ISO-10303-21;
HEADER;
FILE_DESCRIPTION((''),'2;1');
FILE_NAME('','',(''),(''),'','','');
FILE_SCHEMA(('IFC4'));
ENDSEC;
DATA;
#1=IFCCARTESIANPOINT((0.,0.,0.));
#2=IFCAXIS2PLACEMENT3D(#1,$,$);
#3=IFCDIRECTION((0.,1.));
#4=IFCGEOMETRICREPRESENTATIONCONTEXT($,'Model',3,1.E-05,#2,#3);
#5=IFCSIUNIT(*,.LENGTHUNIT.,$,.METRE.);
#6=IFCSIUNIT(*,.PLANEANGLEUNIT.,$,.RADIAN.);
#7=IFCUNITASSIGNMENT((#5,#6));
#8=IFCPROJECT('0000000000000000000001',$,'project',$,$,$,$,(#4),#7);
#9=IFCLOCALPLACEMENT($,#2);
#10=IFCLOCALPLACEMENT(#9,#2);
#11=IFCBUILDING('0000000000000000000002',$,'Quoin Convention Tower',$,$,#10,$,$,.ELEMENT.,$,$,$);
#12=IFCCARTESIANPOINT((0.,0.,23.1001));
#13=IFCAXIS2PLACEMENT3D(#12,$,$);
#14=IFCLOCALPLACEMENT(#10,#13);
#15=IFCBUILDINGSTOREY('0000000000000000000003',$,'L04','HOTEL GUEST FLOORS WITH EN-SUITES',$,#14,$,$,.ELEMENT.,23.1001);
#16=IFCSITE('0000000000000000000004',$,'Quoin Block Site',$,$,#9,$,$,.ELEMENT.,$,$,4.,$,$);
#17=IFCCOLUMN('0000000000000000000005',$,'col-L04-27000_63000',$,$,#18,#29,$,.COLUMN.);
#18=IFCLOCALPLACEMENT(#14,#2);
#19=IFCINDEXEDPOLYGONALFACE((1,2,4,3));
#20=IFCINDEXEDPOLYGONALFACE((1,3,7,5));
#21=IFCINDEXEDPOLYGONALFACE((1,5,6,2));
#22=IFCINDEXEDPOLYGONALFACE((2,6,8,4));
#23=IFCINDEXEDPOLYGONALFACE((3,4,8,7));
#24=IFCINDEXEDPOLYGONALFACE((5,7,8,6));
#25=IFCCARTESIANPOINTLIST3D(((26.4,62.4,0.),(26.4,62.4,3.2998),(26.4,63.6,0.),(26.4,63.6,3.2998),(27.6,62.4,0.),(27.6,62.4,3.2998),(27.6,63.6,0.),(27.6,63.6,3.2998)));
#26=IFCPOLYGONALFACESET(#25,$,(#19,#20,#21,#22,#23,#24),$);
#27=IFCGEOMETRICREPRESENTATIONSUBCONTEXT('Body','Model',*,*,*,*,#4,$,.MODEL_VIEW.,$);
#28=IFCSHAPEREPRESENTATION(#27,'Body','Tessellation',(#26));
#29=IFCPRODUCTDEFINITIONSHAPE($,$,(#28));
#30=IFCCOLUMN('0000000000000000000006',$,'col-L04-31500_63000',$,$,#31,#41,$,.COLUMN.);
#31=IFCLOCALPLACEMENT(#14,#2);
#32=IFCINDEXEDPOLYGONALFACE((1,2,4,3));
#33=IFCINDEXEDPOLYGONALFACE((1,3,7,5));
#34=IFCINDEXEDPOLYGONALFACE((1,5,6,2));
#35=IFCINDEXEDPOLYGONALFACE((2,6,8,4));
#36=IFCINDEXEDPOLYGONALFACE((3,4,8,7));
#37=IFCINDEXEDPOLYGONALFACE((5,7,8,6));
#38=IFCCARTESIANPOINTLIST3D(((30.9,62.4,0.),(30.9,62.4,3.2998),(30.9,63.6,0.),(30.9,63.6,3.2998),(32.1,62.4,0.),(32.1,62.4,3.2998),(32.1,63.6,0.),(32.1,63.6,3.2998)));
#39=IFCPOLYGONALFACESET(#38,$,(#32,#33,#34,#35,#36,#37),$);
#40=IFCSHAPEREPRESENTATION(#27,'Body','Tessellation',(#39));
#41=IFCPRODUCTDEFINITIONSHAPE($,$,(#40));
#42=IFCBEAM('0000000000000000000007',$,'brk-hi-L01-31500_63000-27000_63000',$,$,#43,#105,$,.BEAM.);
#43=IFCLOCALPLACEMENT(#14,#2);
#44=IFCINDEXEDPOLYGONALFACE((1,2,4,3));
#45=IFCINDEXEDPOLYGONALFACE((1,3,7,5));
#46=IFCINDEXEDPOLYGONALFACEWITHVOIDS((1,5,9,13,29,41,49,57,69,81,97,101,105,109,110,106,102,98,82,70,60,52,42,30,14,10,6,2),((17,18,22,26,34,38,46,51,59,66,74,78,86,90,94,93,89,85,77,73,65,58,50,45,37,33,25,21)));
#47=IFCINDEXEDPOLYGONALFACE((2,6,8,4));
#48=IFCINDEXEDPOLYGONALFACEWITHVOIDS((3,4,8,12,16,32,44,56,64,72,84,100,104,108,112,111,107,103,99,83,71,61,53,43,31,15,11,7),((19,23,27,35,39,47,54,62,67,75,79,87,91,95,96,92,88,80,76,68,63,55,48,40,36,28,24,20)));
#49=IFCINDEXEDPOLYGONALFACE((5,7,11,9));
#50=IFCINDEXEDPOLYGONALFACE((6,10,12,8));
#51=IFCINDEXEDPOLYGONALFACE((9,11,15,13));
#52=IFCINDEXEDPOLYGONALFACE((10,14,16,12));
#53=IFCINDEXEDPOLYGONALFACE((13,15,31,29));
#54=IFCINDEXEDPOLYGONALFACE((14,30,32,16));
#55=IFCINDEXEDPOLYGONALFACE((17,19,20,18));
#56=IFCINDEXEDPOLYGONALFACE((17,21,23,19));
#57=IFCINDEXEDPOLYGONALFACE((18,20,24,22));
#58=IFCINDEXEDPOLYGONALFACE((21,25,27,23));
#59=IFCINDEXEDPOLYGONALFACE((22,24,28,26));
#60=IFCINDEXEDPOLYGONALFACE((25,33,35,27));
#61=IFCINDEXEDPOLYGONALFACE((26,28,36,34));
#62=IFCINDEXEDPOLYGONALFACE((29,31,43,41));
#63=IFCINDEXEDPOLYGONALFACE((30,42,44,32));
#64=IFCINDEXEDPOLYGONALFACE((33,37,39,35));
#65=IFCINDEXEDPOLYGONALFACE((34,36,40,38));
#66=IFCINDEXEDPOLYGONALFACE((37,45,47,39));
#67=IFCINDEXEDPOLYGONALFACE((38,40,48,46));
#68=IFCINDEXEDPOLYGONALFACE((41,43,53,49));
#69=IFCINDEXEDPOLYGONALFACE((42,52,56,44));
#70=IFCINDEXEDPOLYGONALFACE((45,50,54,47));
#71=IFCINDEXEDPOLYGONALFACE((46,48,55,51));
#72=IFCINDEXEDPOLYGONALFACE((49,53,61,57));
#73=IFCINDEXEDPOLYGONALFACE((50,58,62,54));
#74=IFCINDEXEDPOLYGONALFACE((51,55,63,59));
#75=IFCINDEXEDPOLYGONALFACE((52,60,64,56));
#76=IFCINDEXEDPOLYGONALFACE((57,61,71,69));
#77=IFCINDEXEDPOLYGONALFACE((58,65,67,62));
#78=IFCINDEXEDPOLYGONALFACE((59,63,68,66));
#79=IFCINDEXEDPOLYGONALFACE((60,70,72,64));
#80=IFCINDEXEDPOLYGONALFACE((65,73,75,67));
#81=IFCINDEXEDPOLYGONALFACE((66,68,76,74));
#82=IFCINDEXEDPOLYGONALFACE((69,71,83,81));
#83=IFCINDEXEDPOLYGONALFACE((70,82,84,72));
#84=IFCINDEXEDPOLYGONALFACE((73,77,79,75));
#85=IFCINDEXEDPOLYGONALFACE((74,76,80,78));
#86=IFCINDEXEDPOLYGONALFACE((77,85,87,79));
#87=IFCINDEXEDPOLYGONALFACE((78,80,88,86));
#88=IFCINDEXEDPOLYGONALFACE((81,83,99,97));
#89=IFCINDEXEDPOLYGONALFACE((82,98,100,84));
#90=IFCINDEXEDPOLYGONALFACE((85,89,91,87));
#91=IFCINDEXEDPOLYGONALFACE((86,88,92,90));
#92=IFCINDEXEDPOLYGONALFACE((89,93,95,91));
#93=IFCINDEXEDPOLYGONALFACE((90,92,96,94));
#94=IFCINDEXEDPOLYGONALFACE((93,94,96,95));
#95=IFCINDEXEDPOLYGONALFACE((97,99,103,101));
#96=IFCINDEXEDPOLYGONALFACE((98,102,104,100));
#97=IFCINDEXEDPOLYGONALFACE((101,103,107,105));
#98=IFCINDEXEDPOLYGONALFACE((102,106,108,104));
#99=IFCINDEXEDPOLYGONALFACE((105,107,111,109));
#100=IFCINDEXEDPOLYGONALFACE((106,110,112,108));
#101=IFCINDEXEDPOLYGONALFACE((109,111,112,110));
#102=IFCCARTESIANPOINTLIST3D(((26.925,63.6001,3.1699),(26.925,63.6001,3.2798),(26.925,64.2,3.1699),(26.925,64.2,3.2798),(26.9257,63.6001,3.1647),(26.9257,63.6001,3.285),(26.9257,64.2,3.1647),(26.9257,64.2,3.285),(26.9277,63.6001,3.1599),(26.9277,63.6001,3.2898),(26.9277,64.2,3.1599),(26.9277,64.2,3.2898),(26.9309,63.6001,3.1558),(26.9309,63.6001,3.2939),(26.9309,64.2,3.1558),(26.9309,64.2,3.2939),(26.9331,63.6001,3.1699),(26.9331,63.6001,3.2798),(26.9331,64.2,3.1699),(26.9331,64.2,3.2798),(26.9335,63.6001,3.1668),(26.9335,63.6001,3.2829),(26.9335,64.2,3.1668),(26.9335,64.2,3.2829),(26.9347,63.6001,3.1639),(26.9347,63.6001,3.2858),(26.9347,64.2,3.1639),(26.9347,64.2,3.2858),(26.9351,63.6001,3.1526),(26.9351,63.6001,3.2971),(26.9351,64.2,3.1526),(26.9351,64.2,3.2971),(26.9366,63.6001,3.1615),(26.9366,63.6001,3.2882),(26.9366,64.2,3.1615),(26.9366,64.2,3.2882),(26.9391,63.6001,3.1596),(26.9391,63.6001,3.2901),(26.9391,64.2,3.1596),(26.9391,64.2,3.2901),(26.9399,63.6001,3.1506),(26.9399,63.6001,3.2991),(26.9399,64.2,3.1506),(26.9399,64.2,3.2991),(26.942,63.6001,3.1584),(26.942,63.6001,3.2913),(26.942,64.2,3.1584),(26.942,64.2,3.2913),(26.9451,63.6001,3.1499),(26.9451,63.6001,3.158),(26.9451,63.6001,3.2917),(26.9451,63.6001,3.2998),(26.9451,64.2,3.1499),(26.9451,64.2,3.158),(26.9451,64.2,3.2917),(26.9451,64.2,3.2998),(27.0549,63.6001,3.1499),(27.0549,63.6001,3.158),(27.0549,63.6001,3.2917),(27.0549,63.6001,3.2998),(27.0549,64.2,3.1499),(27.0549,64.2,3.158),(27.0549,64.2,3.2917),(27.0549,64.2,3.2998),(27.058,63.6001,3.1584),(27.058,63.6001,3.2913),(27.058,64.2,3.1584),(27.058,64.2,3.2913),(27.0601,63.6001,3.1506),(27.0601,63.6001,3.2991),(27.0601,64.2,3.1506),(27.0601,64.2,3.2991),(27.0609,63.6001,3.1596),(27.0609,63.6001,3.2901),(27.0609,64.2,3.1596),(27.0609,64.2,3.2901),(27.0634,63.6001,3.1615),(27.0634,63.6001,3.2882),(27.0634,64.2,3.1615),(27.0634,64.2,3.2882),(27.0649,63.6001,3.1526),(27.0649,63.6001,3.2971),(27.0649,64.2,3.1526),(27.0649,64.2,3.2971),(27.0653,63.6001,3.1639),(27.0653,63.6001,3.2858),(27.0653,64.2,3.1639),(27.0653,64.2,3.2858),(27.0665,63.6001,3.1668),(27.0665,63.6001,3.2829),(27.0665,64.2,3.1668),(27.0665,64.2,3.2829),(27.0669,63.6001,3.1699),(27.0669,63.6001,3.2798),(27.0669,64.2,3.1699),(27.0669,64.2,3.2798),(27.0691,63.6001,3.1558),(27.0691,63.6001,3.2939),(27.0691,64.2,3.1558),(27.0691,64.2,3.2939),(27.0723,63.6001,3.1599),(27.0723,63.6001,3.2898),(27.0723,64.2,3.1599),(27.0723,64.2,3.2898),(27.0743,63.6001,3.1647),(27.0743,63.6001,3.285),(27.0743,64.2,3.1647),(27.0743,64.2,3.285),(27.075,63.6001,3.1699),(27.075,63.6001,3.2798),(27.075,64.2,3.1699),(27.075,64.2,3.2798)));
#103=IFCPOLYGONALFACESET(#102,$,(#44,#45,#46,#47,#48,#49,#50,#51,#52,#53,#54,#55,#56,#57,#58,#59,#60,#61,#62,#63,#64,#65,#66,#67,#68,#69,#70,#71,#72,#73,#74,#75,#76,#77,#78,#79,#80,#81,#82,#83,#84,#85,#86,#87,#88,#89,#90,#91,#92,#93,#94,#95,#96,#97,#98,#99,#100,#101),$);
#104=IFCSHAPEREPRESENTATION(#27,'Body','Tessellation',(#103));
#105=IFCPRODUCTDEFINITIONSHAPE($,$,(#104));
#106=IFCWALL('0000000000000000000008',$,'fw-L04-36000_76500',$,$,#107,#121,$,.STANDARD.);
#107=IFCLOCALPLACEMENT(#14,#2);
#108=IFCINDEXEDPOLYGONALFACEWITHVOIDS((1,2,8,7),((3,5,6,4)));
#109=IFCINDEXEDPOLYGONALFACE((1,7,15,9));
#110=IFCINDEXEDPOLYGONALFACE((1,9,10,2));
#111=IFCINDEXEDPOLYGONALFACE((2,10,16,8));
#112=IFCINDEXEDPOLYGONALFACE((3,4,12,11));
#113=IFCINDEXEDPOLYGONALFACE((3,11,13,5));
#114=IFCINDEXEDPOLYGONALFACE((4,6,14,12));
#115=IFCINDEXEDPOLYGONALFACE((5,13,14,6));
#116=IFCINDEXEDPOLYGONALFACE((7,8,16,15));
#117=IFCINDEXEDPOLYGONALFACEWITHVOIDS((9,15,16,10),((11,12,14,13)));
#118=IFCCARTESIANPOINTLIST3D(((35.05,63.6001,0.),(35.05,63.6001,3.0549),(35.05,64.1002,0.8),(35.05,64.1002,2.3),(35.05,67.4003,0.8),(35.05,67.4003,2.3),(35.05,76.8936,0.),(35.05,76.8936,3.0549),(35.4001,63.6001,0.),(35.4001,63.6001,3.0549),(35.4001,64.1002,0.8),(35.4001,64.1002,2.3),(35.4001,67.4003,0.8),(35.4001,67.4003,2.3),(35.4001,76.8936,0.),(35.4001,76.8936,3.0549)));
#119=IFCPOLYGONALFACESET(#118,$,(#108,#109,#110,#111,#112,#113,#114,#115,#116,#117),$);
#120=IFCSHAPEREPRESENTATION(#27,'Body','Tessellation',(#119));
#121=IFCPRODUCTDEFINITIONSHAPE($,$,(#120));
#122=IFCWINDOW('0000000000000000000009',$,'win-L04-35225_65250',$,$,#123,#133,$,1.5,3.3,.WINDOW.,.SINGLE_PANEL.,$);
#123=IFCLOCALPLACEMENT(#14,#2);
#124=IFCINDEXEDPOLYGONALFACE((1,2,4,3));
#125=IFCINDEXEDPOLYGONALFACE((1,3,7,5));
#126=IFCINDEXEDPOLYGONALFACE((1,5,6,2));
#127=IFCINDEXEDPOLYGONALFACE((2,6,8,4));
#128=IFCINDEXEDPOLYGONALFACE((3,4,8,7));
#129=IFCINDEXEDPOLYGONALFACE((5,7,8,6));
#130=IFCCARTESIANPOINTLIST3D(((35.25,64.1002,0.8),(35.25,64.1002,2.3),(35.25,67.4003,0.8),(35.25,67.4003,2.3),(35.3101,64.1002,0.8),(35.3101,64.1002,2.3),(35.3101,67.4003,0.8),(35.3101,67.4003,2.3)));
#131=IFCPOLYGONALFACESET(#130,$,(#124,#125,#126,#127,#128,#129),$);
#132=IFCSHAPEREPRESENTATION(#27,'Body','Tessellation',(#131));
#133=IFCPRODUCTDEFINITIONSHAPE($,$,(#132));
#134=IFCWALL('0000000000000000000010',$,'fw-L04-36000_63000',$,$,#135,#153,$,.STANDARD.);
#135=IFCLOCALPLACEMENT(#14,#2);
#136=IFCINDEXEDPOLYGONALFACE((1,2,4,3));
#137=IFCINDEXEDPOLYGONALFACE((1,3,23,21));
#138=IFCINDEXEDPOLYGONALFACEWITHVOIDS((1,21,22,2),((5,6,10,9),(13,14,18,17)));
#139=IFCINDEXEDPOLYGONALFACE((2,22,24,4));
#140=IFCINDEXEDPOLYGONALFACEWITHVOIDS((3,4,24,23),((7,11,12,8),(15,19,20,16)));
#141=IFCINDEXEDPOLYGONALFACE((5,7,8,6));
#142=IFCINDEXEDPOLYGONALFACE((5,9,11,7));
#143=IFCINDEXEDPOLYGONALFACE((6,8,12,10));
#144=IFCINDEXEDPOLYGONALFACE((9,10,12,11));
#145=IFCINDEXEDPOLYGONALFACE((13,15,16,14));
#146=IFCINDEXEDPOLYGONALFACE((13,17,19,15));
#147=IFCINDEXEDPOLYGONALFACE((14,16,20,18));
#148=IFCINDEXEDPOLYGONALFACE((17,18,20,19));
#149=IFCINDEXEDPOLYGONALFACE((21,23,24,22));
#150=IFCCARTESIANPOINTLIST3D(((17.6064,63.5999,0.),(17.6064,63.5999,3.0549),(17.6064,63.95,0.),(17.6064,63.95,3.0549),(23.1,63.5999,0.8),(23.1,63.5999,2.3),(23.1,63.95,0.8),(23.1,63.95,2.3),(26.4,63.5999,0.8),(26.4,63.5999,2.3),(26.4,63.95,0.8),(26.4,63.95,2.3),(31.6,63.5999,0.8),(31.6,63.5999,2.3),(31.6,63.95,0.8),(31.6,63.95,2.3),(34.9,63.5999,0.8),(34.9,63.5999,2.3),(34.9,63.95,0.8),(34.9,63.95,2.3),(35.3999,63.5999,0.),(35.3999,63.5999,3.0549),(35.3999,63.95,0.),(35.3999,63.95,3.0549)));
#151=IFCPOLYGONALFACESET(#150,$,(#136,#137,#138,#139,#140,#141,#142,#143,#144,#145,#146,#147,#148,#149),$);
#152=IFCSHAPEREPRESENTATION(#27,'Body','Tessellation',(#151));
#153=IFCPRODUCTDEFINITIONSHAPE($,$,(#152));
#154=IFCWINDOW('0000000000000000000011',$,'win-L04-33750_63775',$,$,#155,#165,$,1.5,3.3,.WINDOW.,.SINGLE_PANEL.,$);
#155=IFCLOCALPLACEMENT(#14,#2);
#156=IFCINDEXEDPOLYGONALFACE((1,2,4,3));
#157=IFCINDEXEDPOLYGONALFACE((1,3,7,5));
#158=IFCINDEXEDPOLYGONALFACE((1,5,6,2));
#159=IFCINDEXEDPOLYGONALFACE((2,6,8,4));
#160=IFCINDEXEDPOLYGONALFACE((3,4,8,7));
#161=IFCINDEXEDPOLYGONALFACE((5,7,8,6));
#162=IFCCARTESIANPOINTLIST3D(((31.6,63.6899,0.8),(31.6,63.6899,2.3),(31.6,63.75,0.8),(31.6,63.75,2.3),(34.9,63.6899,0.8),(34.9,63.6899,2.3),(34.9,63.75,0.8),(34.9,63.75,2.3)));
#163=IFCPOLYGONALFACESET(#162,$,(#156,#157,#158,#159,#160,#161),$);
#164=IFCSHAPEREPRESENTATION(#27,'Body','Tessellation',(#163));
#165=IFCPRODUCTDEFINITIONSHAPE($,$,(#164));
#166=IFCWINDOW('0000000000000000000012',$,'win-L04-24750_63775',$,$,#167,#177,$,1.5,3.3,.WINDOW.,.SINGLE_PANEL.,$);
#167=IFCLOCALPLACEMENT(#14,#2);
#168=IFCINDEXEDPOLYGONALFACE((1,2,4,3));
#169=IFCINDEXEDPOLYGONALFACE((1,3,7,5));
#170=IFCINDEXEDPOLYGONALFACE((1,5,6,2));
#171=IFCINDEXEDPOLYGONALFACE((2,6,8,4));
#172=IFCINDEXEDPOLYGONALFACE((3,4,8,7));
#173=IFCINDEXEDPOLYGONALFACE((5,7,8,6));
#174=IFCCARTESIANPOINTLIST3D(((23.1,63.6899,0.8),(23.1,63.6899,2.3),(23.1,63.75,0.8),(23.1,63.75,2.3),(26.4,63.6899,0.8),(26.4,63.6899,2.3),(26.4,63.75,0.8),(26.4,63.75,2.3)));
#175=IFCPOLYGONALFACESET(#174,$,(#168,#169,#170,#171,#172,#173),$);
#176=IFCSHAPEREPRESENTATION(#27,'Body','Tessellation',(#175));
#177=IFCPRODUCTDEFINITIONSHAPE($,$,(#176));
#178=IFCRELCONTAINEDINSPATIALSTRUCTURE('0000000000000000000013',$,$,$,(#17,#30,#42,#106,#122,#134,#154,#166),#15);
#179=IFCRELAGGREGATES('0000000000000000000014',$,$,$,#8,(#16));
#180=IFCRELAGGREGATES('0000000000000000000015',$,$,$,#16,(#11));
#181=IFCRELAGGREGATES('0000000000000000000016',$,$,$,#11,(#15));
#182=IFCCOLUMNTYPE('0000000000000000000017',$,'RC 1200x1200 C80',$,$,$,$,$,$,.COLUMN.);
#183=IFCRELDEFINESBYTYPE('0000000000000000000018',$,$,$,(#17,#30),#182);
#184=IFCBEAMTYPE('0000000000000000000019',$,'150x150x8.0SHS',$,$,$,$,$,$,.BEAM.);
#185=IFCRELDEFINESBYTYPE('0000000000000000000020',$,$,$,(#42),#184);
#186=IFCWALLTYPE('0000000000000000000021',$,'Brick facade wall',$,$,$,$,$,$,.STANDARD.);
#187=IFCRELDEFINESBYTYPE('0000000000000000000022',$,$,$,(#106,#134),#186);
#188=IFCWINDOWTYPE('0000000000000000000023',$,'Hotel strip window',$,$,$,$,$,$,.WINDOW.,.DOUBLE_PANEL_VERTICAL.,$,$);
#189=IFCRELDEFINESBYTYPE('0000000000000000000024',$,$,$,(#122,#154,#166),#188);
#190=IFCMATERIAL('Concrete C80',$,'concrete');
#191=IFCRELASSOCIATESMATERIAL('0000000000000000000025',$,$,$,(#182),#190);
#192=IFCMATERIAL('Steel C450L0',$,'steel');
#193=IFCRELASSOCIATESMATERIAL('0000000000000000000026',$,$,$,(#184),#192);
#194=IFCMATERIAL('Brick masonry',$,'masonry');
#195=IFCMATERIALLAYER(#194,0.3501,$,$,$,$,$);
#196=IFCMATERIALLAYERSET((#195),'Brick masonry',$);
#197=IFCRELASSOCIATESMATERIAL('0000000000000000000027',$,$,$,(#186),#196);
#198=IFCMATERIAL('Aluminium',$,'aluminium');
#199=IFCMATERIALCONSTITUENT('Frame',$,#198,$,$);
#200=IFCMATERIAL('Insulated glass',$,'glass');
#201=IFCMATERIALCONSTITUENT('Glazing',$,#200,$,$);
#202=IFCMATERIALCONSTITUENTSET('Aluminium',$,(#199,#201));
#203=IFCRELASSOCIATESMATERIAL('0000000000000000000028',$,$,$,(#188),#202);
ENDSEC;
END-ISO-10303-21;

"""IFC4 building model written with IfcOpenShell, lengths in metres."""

from ifc_helpers import new_model, si_unit, direction, frame, frame_2d, origin, origin_2d, place, context, subcontext, project, spatial, rectangle, hollow_rectangle, extrude, material, layer, layer_set, constituent, constituent_set, material_profile, profile_set, type_object, element, fill, save


model = new_model("IFC4")

# Units and contexts
model_context = context("Model", 3, precision=1e-05, world=origin(), true_north=direction((0.0, 1.0)))
body_context = subcontext(model_context, "Body", "Model", "MODEL_VIEW")
ifc_project = project(units=[si_unit("LENGTHUNIT", "METRE"), si_unit("PLANEANGLEUNIT", "RADIAN")], contexts=[model_context])

# Site, building, storey
site_placement = place(None, origin())
site = spatial("IfcSite", under=ifc_project, at=site_placement, Name="Quoin Block Site", CompositionType="ELEMENT", RefElevation=4.0)
building_placement = place(site_placement, origin())
building = spatial("IfcBuilding", under=site, at=building_placement, Name="Quoin Convention Tower", CompositionType="ELEMENT")
storey_placement = place(building_placement, frame((0.0, 0.0, 23.1001)))
storey = spatial("IfcBuildingStorey", under=building, at=storey_placement, Name="L04", Description="HOTEL GUEST FLOORS WITH EN-SUITES", CompositionType="ELEMENT", Elevation=23.1001)

# Columns
ifc_material_1 = material(Name="Concrete C80", Category="concrete")
ifc_material_profile_1 = material_profile(ifc_material_1, rectangle(XDim=1.2, YDim=1.2, at=origin_2d()), Name="RC 1200x1200")
ifc_profile_set_1 = profile_set([ifc_material_profile_1], Name="Concrete C80")
column_type = type_object("IfcColumnType", Name="RC 1200x1200 C80", PredefinedType="COLUMN", material=ifc_profile_set_1)
for number, where, z_axis, x_axis, name in (
    (1, (27.0, 63.0, 0.0), (0.0, 0.0, 1.0), (1.0, 0.0, 0.0), "col-L04-27000_63000"),
    (2, (31.5, 63.0, 0.0), (0.0, 0.0, 1.0), (1.0, 0.0, 0.0), "col-L04-31500_63000"),
):
    element("IfcColumn", number, at=place(storey_placement, frame(where, z_axis=z_axis, x_axis=x_axis)), inside=storey, type_object=column_type, Name=name, PredefinedType="COLUMN", context=body_context, shape_type="SweptSolid", body=[
        extrude(rectangle(XDim=1.2, YDim=1.2, at=origin_2d()), origin(), (0.0, 0.0, 1.0), 3.2998),
    ])

# Beam
ifc_material_2 = material(Name="Steel C450L0", Category="steel")
ifc_material_profile_2 = material_profile(ifc_material_2, hollow_rectangle(XDim=0.1499, YDim=0.1499, WallThickness=0.0081, InnerFilletRadius=0.012, OuterFilletRadius=0.02, at=origin_2d()), Name="150x150x8.0SHS")
ifc_profile_set_2 = profile_set([ifc_material_profile_2], Name="Steel C450L0")
beam_type = type_object("IfcBeamType", Name="150x150x8.0SHS", PredefinedType="BEAM", material=ifc_profile_set_2)
beam_placement = place(storey_placement, frame((27.0, 63.6001, 3.2249), z_axis=(0.0, 1.0, 0.0), x_axis=(-1.0, 0.0, 0.0)))
element("IfcBeam", 3, at=beam_placement, inside=storey, type_object=beam_type, Name="brk-hi-L01-31500_63000-27000_63000", PredefinedType="BEAM", context=body_context, shape_type="SweptSolid", body=[
    extrude(hollow_rectangle(XDim=0.1499, YDim=0.1499, WallThickness=0.0081, InnerFilletRadius=0.012, OuterFilletRadius=0.02, at=origin_2d()), origin(), (0.0, 0.0, 1.0), 0.5999),
])

# Wall, opening, window
ifc_material_3 = material(Name="Brick masonry", Category="masonry")
ifc_layer_1 = layer(ifc_material_3, 0.3501)
ifc_layer_set_1 = layer_set([ifc_layer_1], Name="Brick masonry")
wall_type_1 = type_object("IfcWallType", Name="Brick facade wall", PredefinedType="STANDARD", material=ifc_layer_set_1)
wall_1_placement = place(storey_placement, frame((35.2251, 76.8936, 0.0), z_axis=(0.0, 0.0, 1.0), x_axis=(0.0, -1.0, 0.0)))
wall_1 = element("IfcWall", 4, at=wall_1_placement, inside=storey, type_object=wall_type_1, Name="fw-L04-36000_76500", PredefinedType="STANDARD", context=body_context, shape_type="SweptSolid", body=[
    extrude(rectangle(XDim=13.2935, YDim=0.3501, at=frame_2d((6.6467, 0.0))), origin(), (0.0, 0.0, 1.0), 3.0549),
])
opening_1_placement = place(wall_1_placement, frame((9.4934, 0.0, 0.8)))
opening_1 = element("IfcOpeningElement", 5, at=opening_1_placement, cuts=wall_1, PredefinedType="OPENING", context=body_context, shape_type="SweptSolid", body=[
    extrude(rectangle(XDim=3.3, YDim=1.5, at=frame_2d((1.6499, 0.75))), frame((0.0, 0.1851, 0.0), z_axis=(0.0, -1.0, 0.0), x_axis=(1.0, 0.0, 0.0)), (0.0, 0.0, 1.0), 0.3701),
])
ifc_material_4 = material(Name="Aluminium", Category="aluminium")
ifc_constituent_1 = constituent(ifc_material_4, Name="Frame")
ifc_material_5 = material(Name="Insulated glass", Category="glass")
ifc_constituent_2 = constituent(ifc_material_5, Name="Glazing")
ifc_constituent_set = constituent_set(constituents=[ifc_constituent_1, ifc_constituent_2], Name="Aluminium")
window_type = type_object("IfcWindowType", Name="Hotel strip window", PartitioningType="DOUBLE_PANEL_VERTICAL", PredefinedType="WINDOW", material=ifc_constituent_set)
window_1_placement = place(opening_1_placement, origin())
window_1 = element("IfcWindow", 6, at=window_1_placement, inside=storey, type_object=window_type, Name="win-L04-35225_65250", OverallHeight=1.5, OverallWidth=3.3, PartitioningType="SINGLE_PANEL", PredefinedType="WINDOW", context=body_context, shape_type="SweptSolid", body=[
    extrude(rectangle(XDim=3.3, YDim=1.5, at=frame_2d((1.6499, 0.75))), frame((0.0, 0.085, 0.0), z_axis=(0.0, -1.0, 0.0), x_axis=(1.0, 0.0, 0.0)), (0.0, 0.0, 1.0), 0.0601),
])
fill(opening_1, window_1)

# Wall, openings, windows
wall_2_placement = place(storey_placement, frame((35.3999, 63.7749, 0.0), z_axis=(0.0, 0.0, 1.0), x_axis=(-1.0, 0.0, 0.0)))
wall_2 = element("IfcWall", 7, at=wall_2_placement, inside=storey, type_object=wall_type_1, Name="fw-L04-36000_63000", PredefinedType="STANDARD", context=body_context, shape_type="SweptSolid", body=[
    extrude(rectangle(XDim=17.7935, YDim=0.3501, at=frame_2d((8.8967, 0.0))), origin(), (0.0, 0.0, 1.0), 3.0549),
])
opening_2_placement = place(wall_2_placement, frame((0.5, 0.0, 0.8)))
opening_2 = element("IfcOpeningElement", 8, at=opening_2_placement, cuts=wall_2, PredefinedType="OPENING", context=body_context, shape_type="SweptSolid", body=[
    extrude(rectangle(XDim=3.3, YDim=1.5, at=frame_2d((1.6499, 0.75))), frame((0.0, 0.1851, 0.0), z_axis=(0.0, -1.0, 0.0), x_axis=(1.0, 0.0, 0.0)), (0.0, 0.0, 1.0), 0.3701),
])
opening_3_placement = place(wall_2_placement, frame((9.0, 0.0, 0.8)))
opening_3 = element("IfcOpeningElement", 9, at=opening_3_placement, cuts=wall_2, PredefinedType="OPENING", context=body_context, shape_type="SweptSolid", body=[
    extrude(rectangle(XDim=3.3, YDim=1.5, at=frame_2d((1.6499, 0.75))), frame((0.0, 0.1851, 0.0), z_axis=(0.0, -1.0, 0.0), x_axis=(1.0, 0.0, 0.0)), (0.0, 0.0, 1.0), 0.3701),
])
window_2_placement = place(opening_2_placement, origin())
window_2 = element("IfcWindow", 10, at=window_2_placement, inside=storey, type_object=window_type, Name="win-L04-33750_63775", OverallHeight=1.5, OverallWidth=3.3, PartitioningType="SINGLE_PANEL", PredefinedType="WINDOW", context=body_context, shape_type="SweptSolid", body=[
    extrude(rectangle(XDim=3.3, YDim=1.5, at=frame_2d((1.6499, 0.75))), frame((0.0, 0.085, 0.0), z_axis=(0.0, -1.0, 0.0), x_axis=(1.0, 0.0, 0.0)), (0.0, 0.0, 1.0), 0.0601),
])
fill(opening_2, window_2)
window_3_placement = place(opening_3_placement, origin())
window_3 = element("IfcWindow", 11, at=window_3_placement, inside=storey, type_object=window_type, Name="win-L04-24750_63775", OverallHeight=1.5, OverallWidth=3.3, PartitioningType="SINGLE_PANEL", PredefinedType="WINDOW", context=body_context, shape_type="SweptSolid", body=[
    extrude(rectangle(XDim=3.3, YDim=1.5, at=frame_2d((1.6499, 0.75))), frame((0.0, 0.085, 0.0), z_axis=(0.0, -1.0, 0.0), x_axis=(1.0, 0.0, 0.0)), (0.0, 0.0, 1.0), 0.0601),
])
fill(opening_3, window_3)

save(model, "model.ifc")
